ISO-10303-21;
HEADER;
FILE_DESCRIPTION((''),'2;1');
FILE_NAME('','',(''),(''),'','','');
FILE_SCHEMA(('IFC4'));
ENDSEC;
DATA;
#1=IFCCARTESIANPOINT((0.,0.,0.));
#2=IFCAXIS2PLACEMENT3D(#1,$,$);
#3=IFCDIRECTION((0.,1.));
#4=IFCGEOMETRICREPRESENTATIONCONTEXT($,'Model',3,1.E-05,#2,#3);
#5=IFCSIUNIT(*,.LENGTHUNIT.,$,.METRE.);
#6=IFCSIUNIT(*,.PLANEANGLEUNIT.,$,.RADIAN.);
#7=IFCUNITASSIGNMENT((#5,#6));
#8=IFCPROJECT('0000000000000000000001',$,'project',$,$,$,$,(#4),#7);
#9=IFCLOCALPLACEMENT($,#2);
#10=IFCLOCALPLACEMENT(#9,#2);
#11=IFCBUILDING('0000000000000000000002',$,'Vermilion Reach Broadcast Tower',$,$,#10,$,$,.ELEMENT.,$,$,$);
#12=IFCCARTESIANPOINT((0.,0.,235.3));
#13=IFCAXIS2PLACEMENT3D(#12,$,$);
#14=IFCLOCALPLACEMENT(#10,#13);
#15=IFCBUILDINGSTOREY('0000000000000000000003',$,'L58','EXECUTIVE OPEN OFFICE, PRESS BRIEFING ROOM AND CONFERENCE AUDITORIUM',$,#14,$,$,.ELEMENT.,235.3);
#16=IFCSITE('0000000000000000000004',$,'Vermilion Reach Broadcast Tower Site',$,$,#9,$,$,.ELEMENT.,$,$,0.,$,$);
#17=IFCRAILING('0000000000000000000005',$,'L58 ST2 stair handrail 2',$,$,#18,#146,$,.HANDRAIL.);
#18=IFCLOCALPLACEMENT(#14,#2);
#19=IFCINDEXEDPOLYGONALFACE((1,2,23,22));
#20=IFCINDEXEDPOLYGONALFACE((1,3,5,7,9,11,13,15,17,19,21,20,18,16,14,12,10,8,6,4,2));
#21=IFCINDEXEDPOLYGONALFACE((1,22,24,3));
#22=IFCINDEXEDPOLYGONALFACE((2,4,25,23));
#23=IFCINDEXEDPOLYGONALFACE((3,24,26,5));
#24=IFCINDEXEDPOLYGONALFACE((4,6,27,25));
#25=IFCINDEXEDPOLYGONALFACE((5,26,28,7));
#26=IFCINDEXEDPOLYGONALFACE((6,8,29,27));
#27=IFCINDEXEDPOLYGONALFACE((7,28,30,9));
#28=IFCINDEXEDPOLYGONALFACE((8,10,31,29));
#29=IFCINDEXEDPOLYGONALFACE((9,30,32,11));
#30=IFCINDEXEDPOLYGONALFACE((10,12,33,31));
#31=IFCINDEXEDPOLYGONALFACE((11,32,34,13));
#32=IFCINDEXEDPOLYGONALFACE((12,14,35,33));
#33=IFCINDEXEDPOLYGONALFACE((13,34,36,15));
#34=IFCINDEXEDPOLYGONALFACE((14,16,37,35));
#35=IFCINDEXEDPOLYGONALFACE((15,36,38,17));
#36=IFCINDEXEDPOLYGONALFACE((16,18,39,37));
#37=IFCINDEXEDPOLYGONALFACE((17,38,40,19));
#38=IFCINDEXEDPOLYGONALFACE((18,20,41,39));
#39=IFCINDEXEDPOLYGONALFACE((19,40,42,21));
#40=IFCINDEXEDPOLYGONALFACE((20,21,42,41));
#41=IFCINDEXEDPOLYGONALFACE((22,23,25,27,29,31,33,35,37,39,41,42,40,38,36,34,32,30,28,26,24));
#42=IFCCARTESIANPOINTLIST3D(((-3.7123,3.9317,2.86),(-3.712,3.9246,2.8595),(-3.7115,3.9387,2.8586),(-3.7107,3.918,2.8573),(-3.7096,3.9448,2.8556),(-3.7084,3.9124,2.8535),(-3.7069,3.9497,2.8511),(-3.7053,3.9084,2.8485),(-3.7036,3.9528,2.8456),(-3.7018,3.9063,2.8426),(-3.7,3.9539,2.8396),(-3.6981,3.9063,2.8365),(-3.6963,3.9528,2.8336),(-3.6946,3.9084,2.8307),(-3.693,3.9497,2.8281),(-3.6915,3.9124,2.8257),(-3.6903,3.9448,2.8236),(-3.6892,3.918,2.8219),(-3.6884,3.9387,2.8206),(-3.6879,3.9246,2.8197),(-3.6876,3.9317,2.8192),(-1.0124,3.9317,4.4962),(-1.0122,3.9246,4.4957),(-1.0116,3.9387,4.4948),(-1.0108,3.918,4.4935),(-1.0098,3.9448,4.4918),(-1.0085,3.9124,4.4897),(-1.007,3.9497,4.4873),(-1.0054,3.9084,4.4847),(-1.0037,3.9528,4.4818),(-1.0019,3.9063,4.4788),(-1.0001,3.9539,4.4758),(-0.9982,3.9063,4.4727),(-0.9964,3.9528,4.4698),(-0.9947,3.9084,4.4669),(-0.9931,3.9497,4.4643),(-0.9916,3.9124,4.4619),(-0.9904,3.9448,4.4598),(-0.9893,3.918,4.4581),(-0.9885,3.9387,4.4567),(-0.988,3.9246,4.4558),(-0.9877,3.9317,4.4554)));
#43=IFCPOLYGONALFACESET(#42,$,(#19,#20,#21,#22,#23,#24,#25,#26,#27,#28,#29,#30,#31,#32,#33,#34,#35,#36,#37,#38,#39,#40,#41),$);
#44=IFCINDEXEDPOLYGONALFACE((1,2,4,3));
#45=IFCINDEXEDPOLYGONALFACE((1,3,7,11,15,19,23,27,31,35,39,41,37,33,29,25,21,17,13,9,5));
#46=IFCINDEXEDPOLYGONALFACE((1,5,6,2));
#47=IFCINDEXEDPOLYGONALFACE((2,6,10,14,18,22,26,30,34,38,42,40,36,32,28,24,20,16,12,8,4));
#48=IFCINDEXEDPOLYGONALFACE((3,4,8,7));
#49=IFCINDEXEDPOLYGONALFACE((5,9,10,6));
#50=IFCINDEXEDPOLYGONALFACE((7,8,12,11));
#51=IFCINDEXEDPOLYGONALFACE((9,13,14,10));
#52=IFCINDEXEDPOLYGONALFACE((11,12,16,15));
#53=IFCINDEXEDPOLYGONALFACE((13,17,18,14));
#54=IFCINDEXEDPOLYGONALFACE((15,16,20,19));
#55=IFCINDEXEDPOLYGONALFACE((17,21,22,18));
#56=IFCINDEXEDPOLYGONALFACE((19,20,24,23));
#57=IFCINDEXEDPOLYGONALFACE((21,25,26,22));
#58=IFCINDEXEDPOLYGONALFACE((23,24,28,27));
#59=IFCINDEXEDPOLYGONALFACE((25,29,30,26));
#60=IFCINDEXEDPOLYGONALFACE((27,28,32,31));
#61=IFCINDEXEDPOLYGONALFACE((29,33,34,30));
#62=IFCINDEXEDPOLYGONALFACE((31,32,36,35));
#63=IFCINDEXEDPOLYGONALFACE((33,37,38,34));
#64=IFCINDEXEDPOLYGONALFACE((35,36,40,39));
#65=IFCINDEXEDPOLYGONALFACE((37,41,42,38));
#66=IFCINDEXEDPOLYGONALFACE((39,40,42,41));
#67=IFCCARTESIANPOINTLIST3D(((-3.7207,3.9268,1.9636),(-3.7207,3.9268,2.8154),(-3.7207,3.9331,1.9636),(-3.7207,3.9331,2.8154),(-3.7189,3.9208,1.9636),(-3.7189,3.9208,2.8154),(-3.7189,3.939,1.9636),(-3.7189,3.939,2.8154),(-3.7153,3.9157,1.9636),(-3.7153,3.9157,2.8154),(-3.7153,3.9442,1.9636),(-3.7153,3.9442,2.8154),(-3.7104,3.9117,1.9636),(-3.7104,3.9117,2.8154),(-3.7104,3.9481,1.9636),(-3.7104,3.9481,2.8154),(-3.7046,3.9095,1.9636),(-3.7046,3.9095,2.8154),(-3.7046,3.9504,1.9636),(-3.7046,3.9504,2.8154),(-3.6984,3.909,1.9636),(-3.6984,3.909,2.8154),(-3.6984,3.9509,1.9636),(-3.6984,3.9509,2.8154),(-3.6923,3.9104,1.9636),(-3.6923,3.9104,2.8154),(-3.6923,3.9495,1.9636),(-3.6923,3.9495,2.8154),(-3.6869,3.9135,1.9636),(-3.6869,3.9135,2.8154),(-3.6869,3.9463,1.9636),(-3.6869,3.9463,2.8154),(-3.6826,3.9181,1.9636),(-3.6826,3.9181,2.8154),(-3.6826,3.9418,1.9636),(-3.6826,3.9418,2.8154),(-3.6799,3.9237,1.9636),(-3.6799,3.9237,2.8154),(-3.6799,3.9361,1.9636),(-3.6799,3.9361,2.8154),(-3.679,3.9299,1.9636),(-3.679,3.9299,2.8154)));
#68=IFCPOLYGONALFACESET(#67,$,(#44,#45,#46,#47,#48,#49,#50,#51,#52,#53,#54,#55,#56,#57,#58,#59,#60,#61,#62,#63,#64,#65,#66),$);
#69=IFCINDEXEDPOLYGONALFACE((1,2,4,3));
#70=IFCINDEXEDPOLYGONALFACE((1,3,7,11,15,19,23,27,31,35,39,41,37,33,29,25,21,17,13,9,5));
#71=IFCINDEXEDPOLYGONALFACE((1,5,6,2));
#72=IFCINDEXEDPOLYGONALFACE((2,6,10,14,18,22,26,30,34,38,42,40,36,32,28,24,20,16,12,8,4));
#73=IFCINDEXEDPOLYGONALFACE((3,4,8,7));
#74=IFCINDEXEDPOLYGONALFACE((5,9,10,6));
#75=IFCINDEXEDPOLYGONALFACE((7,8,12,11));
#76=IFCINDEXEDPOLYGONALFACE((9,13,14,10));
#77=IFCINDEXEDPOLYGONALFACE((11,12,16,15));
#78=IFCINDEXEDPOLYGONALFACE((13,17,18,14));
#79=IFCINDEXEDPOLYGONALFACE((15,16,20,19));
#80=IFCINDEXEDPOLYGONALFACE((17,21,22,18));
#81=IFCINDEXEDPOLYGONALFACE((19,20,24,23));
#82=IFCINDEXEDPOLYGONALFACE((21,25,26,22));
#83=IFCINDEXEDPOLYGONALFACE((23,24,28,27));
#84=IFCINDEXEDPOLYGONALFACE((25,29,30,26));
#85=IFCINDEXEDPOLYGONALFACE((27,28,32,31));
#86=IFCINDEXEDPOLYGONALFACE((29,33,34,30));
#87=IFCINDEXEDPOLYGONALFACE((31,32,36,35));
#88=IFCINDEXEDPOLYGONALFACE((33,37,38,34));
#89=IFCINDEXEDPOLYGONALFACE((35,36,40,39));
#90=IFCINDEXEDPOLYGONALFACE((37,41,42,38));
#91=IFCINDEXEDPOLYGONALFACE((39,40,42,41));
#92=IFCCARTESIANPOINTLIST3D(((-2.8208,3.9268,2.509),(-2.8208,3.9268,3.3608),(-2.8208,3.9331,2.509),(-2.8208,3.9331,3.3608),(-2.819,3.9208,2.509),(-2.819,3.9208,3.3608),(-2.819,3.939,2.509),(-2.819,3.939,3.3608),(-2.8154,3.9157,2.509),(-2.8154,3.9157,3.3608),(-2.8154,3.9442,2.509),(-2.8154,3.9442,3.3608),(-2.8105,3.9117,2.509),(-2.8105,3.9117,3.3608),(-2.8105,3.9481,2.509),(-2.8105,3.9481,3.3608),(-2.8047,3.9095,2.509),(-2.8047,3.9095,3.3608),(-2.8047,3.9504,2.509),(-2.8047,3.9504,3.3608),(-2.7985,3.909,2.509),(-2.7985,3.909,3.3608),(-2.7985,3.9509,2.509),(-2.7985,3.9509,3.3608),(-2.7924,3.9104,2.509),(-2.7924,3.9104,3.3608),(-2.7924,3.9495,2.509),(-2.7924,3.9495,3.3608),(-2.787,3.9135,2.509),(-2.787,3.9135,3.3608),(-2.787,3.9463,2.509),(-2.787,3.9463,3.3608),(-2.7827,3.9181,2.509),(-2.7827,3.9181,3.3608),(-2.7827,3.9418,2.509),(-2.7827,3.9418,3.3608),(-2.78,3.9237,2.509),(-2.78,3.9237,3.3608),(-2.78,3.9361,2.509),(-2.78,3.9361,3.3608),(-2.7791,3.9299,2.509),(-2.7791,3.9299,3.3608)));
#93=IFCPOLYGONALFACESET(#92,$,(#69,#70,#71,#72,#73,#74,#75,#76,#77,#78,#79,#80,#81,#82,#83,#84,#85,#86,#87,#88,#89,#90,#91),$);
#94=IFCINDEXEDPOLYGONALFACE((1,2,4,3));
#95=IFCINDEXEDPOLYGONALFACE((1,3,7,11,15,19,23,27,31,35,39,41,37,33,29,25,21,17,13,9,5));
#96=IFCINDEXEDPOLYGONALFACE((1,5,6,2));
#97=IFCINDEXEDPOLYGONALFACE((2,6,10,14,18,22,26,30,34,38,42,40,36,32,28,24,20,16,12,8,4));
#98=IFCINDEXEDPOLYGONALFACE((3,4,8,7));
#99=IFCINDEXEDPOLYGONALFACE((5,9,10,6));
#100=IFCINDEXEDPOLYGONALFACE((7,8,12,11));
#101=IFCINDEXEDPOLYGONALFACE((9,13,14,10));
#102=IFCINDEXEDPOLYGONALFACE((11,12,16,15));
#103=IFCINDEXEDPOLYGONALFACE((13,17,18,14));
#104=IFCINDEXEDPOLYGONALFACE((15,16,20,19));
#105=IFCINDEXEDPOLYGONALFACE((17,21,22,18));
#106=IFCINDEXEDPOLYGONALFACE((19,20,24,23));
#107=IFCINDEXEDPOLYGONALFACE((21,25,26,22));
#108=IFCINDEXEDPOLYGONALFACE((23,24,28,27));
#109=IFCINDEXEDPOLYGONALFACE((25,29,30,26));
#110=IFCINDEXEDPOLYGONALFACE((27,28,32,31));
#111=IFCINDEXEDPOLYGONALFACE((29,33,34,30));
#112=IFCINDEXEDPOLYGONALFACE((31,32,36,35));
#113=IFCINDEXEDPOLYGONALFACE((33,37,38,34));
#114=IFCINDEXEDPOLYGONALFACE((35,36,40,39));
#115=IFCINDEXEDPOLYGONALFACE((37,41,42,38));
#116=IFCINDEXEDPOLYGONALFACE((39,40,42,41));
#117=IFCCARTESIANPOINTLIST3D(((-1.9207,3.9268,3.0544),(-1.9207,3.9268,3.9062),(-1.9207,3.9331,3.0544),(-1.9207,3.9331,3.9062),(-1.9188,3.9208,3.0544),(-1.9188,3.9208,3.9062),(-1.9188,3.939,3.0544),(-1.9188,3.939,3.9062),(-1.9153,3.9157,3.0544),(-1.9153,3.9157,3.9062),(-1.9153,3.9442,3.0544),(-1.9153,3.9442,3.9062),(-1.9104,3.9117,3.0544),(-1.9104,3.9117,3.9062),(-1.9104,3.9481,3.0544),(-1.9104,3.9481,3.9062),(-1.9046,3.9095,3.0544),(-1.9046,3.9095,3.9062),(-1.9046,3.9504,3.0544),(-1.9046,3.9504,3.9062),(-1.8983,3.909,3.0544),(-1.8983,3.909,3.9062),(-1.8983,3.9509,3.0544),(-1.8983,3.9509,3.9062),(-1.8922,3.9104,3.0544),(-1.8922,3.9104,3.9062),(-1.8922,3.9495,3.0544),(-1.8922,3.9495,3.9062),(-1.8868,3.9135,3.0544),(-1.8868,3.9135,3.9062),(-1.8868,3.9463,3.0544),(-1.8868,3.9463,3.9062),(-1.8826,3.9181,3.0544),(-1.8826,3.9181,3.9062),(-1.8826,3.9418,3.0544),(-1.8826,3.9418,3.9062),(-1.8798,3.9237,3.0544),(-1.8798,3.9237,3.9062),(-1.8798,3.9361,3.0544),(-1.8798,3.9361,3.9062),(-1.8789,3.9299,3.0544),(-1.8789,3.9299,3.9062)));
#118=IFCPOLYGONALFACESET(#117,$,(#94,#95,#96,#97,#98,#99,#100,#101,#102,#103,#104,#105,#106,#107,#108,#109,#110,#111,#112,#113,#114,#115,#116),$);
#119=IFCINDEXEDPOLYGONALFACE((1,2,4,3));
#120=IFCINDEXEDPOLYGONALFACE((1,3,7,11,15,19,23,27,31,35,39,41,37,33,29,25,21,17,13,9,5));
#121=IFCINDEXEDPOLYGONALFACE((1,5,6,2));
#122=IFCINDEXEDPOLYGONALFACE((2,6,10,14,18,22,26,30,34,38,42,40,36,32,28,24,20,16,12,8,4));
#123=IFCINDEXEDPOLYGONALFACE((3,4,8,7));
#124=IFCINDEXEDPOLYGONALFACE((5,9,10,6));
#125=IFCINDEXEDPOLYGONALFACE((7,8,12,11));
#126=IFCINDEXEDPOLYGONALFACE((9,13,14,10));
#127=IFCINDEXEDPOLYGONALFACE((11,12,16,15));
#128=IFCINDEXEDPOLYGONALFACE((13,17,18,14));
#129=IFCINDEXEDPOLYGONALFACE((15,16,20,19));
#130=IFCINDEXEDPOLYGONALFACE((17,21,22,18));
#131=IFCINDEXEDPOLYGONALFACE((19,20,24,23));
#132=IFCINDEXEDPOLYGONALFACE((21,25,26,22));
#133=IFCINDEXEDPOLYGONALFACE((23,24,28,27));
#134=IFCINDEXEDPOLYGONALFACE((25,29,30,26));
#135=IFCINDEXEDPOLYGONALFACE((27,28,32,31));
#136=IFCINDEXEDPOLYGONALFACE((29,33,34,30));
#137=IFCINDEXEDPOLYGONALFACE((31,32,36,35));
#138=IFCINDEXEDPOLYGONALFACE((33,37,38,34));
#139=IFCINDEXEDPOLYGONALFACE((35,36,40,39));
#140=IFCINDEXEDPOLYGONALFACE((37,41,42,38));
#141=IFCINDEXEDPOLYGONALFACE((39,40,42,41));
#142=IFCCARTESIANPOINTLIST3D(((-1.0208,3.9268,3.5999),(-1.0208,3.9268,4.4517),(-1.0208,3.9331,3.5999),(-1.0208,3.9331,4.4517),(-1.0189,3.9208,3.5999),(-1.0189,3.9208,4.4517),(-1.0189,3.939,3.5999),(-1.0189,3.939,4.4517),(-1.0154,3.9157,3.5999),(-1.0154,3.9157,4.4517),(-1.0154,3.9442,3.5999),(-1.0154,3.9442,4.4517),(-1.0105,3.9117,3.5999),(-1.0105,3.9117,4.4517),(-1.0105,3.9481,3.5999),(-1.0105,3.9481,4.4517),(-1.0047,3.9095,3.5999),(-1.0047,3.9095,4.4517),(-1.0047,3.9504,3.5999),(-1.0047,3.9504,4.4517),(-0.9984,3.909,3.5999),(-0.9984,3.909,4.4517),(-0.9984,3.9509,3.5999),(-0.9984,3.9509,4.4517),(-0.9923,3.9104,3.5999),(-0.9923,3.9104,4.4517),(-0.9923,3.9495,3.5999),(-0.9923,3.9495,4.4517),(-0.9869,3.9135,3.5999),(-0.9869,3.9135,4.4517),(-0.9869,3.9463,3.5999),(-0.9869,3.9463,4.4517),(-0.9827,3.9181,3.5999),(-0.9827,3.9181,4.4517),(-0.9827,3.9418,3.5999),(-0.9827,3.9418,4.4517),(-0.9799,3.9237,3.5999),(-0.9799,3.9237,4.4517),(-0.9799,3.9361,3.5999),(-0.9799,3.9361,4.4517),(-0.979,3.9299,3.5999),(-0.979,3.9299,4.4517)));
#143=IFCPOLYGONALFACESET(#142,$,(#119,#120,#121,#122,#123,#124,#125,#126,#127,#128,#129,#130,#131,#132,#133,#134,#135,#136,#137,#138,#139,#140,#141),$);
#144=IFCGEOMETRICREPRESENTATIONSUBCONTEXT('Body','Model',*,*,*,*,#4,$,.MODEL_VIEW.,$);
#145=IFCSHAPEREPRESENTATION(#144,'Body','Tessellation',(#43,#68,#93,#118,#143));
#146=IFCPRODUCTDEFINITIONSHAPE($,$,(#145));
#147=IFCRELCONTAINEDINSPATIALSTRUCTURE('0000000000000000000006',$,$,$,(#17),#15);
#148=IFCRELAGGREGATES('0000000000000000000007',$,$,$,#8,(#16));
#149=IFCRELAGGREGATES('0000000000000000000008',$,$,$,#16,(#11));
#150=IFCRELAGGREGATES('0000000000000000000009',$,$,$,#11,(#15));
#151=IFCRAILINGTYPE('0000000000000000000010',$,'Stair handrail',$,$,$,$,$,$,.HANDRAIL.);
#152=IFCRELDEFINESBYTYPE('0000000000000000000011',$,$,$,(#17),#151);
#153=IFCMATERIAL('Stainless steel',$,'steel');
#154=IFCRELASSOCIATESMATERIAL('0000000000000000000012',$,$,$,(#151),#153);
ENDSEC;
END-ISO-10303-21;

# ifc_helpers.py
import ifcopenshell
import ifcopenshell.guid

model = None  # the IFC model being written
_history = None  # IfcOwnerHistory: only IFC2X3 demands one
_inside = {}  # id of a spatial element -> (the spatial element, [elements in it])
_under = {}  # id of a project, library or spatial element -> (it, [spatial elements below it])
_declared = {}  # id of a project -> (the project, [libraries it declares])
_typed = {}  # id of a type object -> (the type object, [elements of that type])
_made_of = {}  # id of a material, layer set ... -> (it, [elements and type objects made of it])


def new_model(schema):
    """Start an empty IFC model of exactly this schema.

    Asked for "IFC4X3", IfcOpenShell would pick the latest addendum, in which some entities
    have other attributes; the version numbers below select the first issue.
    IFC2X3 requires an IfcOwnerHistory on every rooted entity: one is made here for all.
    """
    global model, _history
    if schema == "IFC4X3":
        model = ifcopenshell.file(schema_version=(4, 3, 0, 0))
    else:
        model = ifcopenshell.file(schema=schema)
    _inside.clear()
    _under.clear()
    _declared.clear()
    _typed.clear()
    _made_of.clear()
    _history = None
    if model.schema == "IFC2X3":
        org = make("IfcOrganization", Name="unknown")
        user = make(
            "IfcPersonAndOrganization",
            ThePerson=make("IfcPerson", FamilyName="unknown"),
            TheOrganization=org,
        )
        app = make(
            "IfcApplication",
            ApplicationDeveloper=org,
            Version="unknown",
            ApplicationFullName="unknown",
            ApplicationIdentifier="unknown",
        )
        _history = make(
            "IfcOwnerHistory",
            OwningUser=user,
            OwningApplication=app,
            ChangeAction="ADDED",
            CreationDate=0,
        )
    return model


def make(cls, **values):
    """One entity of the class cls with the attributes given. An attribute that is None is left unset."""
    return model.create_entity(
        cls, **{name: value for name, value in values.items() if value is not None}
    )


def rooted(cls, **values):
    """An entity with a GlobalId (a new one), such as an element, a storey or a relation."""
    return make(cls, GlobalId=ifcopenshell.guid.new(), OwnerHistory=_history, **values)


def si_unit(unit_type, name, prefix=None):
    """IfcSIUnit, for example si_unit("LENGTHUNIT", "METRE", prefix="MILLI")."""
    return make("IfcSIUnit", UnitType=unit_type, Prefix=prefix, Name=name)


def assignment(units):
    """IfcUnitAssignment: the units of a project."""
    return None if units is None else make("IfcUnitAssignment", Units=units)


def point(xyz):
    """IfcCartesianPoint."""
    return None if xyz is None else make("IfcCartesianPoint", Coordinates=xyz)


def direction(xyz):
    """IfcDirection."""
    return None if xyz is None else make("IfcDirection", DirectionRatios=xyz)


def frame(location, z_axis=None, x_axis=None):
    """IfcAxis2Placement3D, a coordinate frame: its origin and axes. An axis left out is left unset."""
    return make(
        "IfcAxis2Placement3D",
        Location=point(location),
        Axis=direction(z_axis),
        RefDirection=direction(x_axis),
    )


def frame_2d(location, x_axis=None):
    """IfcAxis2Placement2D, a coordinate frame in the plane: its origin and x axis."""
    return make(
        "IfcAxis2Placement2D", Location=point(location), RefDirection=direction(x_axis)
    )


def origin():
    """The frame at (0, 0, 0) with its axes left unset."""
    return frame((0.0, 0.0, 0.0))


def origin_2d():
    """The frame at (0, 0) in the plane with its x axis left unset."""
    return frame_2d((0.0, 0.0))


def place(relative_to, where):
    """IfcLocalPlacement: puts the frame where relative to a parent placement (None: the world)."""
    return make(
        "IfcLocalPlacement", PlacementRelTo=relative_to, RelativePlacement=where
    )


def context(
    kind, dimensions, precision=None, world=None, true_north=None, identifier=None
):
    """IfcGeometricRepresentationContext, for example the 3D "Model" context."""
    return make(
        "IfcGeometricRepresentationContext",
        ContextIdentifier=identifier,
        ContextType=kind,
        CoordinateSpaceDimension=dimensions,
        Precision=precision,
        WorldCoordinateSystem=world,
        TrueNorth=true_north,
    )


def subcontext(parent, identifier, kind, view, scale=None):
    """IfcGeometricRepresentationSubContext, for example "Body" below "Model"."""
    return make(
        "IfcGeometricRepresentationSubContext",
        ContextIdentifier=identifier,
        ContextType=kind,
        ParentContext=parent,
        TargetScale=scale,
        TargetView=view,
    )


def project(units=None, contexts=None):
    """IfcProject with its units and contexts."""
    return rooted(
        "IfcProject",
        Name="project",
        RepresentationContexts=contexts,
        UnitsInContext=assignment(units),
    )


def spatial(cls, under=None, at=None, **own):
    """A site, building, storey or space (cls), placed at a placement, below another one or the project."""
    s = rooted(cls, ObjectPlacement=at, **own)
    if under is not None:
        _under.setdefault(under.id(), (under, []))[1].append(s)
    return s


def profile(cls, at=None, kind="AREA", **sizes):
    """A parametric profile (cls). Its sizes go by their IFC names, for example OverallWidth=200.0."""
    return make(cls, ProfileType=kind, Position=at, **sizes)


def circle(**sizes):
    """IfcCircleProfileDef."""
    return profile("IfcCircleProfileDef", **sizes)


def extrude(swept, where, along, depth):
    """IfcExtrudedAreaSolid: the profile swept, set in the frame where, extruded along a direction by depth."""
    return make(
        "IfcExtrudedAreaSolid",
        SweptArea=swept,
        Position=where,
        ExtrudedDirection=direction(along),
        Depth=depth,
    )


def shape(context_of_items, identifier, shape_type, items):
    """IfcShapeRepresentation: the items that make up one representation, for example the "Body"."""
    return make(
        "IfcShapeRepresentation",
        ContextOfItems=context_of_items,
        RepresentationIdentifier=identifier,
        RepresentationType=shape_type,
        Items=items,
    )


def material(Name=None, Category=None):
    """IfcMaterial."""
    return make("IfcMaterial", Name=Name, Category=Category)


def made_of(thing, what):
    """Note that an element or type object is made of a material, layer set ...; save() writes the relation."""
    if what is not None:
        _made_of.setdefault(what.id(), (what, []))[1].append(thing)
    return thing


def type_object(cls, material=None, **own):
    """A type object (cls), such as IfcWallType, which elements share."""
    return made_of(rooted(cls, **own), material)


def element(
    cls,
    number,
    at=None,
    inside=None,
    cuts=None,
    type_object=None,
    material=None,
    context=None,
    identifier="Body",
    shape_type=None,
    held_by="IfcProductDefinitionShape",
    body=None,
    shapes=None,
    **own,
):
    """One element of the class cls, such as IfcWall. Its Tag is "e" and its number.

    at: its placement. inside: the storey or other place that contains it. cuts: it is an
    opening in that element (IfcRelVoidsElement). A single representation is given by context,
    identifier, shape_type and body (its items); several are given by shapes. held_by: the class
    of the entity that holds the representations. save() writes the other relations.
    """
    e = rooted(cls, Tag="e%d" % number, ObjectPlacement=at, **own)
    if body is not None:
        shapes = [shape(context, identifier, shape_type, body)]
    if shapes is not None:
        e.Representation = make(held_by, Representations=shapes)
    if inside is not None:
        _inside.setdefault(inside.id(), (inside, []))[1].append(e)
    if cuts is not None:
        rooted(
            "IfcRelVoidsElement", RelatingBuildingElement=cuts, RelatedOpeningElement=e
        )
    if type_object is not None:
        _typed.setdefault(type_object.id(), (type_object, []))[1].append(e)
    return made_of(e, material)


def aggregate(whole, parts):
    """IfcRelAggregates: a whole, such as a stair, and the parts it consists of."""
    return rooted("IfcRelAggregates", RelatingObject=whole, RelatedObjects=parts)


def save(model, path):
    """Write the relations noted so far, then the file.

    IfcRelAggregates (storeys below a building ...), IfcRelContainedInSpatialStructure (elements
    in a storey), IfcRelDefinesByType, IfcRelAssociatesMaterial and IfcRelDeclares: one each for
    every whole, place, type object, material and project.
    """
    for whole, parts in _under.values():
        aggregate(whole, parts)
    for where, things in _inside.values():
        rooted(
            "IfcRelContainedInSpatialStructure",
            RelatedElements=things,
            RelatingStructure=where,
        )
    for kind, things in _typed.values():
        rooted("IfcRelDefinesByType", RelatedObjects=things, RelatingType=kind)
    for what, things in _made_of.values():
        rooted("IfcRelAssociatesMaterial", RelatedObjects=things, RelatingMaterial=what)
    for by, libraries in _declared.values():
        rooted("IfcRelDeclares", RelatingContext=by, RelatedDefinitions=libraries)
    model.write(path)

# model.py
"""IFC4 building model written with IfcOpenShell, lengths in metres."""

from ifc_helpers import new_model, si_unit, direction, frame, origin, origin_2d, place, context, subcontext, project, spatial, circle, extrude, material, type_object, element, save


model = new_model("IFC4")

# Units and contexts
model_context = context("Model", 3, precision=1e-05, world=origin(), true_north=direction((0.0, 1.0)))
body_context = subcontext(model_context, "Body", "Model", "MODEL_VIEW")
ifc_project = project(units=[si_unit("LENGTHUNIT", "METRE"), si_unit("PLANEANGLEUNIT", "RADIAN")], contexts=[model_context])

# Site, building, storey
site_placement = place(None, origin())
site = spatial("IfcSite", under=ifc_project, at=site_placement, Name="Vermilion Reach Broadcast Tower Site", CompositionType="ELEMENT", RefElevation=0.0)
building_placement = place(site_placement, origin())
building = spatial("IfcBuilding", under=site, at=building_placement, Name="Vermilion Reach Broadcast Tower", CompositionType="ELEMENT")
storey_placement = place(building_placement, frame((0.0, 0.0, 235.3)))
storey = spatial("IfcBuildingStorey", under=building, at=storey_placement, Name="L58", Description="EXECUTIVE OPEN OFFICE, PRESS BRIEFING ROOM AND CONFERENCE AUDITORIUM", CompositionType="ELEMENT", Elevation=235.3)

# Railing
ifc_material_1 = material(Name="Stainless steel", Category="steel")
railing_type_1 = type_object("IfcRailingType", Name="Stair handrail", PredefinedType="HANDRAIL", material=ifc_material_1)
railing_1_placement = place(storey_placement, frame((-3.7, 3.9299, 1.9636)))
element("IfcRailing", 1, at=railing_1_placement, inside=storey, type_object=railing_type_1, Name="L58 ST2 stair handrail 2", PredefinedType="HANDRAIL", context=body_context, shape_type="SweptSolid", body=[
    extrude(circle(Radius=0.0239, at=origin_2d()), frame((0.0, 0.0, 0.876), z_axis=(0.855212, 0.0, 0.518278), x_axis=(0.0, 1.0, 0.0)), (0.0, 0.0, 1.0), 3.157),
    extrude(circle(Radius=0.021, at=origin_2d()), origin(), (0.0, 0.0, 1.0), 0.8518),
    extrude(circle(Radius=0.021, at=origin_2d()), frame((0.8999, 0.0, 0.5454)), (0.0, 0.0, 1.0), 0.8518),
    extrude(circle(Radius=0.021, at=origin_2d()), frame((1.8, 0.0, 1.0908)), (0.0, 0.0, 1.0), 0.8518),
    extrude(circle(Radius=0.021, at=origin_2d()), frame((2.7, 0.0, 1.6362)), (0.0, 0.0, 1.0), 0.8518),
])

save(model, "model.ifc")
